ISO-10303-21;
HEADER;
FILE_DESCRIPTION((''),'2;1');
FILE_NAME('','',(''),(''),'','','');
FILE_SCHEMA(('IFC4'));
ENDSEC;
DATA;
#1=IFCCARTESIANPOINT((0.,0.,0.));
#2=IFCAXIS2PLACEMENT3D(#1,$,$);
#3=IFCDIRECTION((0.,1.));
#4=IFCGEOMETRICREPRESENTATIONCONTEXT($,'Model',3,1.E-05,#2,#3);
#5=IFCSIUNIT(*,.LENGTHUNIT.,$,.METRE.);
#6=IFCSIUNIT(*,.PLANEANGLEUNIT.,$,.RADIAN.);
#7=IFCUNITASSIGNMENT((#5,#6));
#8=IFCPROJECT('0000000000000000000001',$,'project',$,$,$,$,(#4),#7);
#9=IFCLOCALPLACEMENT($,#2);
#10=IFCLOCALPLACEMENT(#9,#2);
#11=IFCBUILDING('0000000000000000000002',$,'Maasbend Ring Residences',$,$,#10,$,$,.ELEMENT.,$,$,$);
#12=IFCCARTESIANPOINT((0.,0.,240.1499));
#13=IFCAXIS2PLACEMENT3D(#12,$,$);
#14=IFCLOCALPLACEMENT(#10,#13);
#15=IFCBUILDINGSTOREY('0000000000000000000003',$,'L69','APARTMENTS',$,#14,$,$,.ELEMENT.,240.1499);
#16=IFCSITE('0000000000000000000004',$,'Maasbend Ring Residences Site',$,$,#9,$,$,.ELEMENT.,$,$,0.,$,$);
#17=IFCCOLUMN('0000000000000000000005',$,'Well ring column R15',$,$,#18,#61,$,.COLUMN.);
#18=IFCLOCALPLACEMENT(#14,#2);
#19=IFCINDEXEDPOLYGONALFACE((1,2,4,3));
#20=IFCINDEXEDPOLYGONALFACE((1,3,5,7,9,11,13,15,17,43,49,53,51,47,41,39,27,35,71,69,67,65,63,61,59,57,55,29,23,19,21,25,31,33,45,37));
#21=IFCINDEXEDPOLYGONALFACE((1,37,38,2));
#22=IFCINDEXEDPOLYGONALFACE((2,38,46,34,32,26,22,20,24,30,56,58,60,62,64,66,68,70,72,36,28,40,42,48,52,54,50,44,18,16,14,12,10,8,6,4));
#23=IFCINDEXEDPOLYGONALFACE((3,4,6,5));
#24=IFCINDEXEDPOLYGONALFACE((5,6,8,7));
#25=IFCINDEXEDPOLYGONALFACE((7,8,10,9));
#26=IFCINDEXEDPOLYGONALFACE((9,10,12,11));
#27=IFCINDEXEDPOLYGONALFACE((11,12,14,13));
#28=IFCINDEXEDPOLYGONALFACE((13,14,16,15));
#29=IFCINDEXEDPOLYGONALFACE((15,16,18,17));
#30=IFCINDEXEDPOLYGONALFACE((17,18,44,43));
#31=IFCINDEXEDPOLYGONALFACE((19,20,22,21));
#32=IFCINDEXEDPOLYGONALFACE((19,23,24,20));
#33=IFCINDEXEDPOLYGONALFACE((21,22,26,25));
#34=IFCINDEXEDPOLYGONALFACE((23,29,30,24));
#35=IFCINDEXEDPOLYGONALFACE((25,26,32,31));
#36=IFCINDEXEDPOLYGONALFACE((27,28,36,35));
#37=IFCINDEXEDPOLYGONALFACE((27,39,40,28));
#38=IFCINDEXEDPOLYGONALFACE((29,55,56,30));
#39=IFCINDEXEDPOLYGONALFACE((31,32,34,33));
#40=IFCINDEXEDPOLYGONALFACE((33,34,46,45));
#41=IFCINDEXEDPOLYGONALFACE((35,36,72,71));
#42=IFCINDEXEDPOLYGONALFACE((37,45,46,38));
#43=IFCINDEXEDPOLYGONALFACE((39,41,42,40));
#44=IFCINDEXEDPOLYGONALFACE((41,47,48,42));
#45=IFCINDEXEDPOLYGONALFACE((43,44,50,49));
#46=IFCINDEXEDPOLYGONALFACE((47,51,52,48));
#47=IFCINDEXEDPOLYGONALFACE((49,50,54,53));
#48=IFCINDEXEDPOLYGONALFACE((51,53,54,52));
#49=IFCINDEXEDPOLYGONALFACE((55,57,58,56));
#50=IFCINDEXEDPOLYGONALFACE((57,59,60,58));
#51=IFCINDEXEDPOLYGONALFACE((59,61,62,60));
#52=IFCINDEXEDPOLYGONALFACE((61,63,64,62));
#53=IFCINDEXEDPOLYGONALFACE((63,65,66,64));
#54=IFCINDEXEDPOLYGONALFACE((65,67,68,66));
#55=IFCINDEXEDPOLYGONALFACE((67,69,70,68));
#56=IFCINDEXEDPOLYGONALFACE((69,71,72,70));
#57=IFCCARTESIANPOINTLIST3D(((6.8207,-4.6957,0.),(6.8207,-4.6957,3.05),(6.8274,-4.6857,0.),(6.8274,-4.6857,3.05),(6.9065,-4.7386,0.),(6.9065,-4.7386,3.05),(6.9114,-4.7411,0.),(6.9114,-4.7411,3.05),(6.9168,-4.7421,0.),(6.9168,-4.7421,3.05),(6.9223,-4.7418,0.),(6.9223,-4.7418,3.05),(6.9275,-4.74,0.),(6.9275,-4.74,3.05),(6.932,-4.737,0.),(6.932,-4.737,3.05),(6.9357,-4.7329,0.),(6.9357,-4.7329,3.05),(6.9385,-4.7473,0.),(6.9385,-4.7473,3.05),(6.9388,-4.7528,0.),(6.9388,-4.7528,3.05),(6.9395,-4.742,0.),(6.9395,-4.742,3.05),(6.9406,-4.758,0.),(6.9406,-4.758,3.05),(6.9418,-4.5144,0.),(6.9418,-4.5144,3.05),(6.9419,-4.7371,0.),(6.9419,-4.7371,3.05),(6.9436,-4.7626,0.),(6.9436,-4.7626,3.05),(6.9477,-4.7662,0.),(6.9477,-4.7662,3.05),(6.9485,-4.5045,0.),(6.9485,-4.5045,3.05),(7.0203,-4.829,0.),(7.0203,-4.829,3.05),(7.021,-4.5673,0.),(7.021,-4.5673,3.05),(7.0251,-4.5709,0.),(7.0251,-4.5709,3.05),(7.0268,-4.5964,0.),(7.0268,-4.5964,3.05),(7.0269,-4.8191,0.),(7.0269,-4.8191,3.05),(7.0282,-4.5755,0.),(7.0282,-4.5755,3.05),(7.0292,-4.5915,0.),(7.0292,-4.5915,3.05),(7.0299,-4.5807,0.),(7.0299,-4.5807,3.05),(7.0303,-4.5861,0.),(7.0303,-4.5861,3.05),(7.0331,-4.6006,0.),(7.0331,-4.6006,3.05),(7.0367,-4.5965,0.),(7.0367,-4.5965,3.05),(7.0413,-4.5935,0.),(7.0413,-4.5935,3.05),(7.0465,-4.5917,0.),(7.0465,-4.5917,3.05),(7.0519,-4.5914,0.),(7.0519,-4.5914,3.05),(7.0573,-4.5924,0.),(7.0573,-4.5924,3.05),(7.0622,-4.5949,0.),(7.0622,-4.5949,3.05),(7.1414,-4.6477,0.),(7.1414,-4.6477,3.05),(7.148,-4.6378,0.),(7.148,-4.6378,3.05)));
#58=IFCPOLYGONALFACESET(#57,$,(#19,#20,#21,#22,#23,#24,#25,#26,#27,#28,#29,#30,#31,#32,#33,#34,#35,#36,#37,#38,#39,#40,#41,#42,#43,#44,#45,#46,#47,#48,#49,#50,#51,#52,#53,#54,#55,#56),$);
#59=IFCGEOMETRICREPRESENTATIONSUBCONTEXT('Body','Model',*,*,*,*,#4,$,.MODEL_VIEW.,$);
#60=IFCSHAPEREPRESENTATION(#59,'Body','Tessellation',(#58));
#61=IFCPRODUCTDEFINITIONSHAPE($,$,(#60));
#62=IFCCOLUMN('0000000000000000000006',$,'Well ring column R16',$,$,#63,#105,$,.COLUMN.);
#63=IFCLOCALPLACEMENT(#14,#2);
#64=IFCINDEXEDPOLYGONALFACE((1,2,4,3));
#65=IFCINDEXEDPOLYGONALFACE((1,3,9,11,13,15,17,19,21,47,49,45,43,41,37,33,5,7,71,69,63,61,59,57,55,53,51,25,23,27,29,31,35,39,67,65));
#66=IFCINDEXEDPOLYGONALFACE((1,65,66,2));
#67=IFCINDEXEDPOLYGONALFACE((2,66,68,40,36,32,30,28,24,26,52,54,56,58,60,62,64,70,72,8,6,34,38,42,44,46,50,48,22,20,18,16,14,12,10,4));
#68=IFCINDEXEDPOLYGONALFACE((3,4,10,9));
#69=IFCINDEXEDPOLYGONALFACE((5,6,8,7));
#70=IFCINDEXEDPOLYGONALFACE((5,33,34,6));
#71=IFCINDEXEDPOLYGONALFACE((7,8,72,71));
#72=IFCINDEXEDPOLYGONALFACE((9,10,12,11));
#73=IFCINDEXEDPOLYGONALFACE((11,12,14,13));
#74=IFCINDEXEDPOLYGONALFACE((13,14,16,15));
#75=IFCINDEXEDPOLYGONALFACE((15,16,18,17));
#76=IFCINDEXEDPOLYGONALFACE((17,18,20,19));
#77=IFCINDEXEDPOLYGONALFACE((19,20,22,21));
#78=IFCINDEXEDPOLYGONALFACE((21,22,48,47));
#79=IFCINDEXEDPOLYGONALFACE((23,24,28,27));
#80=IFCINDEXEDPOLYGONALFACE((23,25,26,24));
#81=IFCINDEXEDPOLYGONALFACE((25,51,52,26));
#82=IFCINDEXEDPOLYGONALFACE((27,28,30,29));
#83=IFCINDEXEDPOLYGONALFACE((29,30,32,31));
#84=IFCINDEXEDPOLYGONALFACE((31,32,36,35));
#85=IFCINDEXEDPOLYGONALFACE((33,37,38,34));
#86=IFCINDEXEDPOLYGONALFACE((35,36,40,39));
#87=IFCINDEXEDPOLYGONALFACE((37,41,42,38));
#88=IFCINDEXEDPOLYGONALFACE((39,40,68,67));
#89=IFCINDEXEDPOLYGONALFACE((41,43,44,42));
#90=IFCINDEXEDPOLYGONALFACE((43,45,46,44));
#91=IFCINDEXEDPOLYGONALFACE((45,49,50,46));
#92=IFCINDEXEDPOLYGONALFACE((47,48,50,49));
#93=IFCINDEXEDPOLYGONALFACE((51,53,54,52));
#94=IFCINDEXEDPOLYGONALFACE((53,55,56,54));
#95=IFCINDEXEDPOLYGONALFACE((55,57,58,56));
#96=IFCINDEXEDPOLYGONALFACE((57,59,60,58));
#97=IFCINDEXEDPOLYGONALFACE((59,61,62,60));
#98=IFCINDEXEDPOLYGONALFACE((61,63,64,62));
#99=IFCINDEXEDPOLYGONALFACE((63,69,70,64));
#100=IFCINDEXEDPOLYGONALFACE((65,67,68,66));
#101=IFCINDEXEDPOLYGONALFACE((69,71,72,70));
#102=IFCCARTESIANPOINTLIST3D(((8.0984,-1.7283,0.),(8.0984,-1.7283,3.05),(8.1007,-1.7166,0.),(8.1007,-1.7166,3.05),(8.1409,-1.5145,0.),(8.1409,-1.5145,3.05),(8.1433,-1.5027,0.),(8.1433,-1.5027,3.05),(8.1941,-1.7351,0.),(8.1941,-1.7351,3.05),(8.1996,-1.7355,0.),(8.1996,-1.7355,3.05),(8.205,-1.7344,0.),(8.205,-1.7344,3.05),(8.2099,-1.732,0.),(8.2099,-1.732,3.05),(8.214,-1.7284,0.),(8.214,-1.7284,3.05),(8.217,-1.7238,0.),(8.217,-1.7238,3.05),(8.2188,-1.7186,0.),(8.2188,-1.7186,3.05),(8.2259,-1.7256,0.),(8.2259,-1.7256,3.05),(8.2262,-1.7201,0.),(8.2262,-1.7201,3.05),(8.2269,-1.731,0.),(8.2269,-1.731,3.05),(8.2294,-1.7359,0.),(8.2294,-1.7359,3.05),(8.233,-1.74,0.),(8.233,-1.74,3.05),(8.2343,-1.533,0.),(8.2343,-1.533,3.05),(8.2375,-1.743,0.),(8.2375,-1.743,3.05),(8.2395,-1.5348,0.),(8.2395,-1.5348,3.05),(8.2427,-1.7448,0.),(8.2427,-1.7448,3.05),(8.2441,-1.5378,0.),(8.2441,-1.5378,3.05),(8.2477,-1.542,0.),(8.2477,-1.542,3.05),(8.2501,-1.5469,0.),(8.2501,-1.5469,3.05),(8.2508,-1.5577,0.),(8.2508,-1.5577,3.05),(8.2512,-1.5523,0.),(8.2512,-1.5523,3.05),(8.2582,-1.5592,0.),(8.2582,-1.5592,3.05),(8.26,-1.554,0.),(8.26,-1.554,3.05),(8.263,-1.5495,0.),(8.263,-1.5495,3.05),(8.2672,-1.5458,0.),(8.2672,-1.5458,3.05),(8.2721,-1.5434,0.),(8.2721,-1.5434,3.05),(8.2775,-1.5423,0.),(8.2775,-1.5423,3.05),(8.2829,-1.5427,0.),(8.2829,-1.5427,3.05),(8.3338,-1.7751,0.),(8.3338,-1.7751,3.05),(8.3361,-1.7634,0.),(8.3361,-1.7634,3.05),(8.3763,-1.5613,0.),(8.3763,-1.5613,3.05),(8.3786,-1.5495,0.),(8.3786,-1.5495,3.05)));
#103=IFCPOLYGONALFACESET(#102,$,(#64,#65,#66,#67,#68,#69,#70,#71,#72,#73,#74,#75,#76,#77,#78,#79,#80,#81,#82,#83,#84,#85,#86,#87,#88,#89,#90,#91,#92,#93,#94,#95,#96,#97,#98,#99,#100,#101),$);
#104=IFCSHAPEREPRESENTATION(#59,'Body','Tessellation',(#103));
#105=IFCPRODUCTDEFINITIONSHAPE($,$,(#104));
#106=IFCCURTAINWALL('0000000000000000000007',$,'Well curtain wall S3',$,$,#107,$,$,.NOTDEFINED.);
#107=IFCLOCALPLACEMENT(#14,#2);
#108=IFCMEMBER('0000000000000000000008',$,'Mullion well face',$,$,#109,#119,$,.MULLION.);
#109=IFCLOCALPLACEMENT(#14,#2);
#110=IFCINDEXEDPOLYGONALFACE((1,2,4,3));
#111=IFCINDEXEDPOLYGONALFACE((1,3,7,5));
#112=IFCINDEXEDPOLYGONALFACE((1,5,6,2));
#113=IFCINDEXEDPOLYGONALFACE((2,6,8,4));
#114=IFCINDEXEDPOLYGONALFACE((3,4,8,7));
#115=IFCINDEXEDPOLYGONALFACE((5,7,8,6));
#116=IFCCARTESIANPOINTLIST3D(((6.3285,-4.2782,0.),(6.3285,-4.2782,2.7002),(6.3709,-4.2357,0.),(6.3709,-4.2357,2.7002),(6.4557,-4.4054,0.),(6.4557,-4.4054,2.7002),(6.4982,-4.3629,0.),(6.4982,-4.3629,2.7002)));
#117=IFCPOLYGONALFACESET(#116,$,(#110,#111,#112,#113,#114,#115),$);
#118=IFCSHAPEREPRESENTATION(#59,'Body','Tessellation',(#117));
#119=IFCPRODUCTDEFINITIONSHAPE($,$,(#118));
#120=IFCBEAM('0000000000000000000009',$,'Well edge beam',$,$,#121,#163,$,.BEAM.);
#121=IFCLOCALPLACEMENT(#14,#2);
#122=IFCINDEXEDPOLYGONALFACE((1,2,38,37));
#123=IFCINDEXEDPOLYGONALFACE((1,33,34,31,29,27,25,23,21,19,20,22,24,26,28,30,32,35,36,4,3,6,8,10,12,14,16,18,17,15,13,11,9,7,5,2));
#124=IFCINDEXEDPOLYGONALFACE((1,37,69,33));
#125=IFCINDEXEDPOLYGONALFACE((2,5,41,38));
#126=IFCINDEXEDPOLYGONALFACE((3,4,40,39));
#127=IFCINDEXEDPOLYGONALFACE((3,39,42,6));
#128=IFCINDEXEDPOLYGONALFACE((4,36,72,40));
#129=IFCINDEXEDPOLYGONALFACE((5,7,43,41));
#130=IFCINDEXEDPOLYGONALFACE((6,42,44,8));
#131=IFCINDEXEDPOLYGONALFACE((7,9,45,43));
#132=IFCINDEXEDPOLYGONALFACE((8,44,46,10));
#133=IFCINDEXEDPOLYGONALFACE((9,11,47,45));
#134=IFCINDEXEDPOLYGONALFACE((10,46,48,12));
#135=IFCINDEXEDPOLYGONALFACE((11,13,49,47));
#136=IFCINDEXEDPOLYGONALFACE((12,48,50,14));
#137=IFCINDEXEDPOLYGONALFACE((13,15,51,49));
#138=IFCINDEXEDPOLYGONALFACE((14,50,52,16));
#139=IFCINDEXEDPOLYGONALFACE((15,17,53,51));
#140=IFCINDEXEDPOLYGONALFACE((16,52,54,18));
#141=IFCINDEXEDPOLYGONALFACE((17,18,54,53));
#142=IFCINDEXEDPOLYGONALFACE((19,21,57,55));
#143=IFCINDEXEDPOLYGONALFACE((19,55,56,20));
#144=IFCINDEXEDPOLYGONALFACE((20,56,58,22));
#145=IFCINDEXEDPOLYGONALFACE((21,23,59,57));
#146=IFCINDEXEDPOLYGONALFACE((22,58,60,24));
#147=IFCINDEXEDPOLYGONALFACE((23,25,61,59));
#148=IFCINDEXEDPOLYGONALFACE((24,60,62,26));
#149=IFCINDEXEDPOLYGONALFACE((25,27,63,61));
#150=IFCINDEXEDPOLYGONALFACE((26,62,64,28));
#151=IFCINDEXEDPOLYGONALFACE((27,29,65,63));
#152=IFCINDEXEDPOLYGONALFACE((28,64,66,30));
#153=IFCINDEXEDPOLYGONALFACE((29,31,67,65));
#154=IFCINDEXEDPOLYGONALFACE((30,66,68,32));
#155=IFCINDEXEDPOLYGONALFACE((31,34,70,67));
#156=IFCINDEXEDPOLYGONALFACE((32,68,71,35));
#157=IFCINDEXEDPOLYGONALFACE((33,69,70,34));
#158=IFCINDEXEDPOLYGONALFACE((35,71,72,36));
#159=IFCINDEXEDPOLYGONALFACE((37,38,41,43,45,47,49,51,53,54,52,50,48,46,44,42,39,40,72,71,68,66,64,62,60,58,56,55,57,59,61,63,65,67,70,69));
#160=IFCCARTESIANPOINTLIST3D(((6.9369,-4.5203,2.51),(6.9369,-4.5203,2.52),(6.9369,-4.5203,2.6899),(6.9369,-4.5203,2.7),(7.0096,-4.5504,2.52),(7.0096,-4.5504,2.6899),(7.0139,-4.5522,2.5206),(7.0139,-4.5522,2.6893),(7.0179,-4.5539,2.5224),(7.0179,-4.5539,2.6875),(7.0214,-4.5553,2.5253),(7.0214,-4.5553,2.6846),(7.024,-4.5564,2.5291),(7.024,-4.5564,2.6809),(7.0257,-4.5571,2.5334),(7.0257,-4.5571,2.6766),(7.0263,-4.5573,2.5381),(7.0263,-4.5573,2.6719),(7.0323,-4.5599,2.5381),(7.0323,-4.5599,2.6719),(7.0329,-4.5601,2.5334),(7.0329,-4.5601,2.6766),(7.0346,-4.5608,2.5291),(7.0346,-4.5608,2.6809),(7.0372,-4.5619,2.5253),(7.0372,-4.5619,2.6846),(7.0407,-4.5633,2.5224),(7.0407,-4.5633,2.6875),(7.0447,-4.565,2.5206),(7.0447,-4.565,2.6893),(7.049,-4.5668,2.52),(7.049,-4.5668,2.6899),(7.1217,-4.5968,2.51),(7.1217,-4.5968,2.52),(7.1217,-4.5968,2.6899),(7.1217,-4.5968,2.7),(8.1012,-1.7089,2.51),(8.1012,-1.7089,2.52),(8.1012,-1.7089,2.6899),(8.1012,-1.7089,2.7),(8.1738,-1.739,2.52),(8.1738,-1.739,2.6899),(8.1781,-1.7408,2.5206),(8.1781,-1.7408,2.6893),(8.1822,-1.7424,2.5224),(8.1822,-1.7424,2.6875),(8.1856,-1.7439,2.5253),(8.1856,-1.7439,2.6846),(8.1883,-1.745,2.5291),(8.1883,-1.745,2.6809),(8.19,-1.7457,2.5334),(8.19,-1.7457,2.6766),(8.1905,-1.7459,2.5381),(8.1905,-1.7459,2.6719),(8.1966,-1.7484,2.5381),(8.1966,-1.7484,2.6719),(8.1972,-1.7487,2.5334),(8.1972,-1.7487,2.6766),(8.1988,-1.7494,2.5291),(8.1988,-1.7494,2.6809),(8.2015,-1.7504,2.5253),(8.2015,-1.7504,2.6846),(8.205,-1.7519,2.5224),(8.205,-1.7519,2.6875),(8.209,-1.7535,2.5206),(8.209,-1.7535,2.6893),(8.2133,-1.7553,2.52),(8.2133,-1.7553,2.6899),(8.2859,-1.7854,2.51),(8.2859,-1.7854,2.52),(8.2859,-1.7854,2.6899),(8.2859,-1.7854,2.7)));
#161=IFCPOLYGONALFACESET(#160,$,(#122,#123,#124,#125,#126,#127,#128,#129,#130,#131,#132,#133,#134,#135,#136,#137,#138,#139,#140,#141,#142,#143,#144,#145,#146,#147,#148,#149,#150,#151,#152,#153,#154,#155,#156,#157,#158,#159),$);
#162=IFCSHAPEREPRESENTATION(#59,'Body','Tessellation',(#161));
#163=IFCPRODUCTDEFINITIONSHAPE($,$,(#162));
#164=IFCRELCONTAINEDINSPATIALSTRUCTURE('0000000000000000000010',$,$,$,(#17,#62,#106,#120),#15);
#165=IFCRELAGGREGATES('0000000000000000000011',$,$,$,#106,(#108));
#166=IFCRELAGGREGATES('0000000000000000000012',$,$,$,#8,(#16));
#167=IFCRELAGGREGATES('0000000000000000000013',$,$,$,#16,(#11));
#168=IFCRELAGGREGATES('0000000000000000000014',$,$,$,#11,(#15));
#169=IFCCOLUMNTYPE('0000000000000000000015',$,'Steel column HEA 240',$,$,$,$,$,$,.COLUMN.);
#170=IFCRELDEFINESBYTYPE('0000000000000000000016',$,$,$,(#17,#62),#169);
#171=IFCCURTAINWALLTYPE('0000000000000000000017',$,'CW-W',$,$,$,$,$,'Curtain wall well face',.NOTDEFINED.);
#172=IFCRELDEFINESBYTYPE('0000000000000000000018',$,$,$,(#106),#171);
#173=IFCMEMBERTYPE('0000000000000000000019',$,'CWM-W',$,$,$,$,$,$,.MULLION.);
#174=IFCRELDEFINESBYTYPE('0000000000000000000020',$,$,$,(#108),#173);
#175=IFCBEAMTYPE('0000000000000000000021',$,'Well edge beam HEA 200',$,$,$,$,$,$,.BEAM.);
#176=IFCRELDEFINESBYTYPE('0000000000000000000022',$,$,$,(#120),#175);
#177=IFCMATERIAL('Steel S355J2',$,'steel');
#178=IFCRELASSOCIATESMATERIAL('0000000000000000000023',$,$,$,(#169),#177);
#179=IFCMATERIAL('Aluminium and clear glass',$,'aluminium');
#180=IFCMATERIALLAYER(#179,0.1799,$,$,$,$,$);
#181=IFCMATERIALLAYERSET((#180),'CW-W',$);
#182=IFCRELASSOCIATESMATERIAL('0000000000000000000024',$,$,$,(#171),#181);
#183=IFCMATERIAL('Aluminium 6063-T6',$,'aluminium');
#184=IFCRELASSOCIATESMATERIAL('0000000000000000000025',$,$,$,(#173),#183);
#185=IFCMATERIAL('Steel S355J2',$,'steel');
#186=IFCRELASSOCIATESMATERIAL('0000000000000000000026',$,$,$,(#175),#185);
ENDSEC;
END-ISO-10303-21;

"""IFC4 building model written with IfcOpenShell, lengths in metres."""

from ifc_helpers import new_model, si_unit, direction, frame, origin, origin_2d, place, context, subcontext, project, spatial, rectangle, i_section, extrude, material, layer, layer_set, material_profile, profile_set, type_object, element, aggregate, save


model = new_model("IFC4")

# Units and contexts
model_context = context("Model", 3, precision=1e-05, world=origin(), true_north=direction((0.0, 1.0)))
body_context = subcontext(model_context, "Body", "Model", "MODEL_VIEW")
ifc_project = project(units=[si_unit("LENGTHUNIT", "METRE"), si_unit("PLANEANGLEUNIT", "RADIAN")], contexts=[model_context])

# Site, building, storey
site_placement = place(None, origin())
site = spatial("IfcSite", under=ifc_project, at=site_placement, Name="Maasbend Ring Residences Site", CompositionType="ELEMENT", RefElevation=0.0)
building_placement = place(site_placement, origin())
building = spatial("IfcBuilding", under=site, at=building_placement, Name="Maasbend Ring Residences", CompositionType="ELEMENT")
storey_placement = place(building_placement, frame((0.0, 0.0, 240.1499)))
storey = spatial("IfcBuildingStorey", under=building, at=storey_placement, Name="L69", Description="APARTMENTS", CompositionType="ELEMENT", Elevation=240.1499)

# Columns
ifc_material_1 = material(Name="Steel S355J2", Category="steel")
ifc_material_profile_1 = material_profile(ifc_material_1, i_section(OverallWidth=0.24, OverallDepth=0.23, WebThickness=0.0076, FlangeThickness=0.012, FilletRadius=0.021, at=origin_2d()), Name="HEA 240")
ifc_profile_set_1 = profile_set([ifc_material_profile_1], Name="Steel S355J2")
column_type = type_object("IfcColumnType", Name="Steel column HEA 240", PredefinedType="COLUMN", material=ifc_profile_set_1)
for number, where, z_axis, x_axis, name in (
    (1, (6.9844, -4.6667, 0.0), (0.0, 0.0, 1.0), (0.83147, -0.55557, 0.0), "Well ring column R15"),
    (2, (8.2385, -1.6389, 0.0), (0.0, 0.0, 1.0), (0.980785, -0.19509, 0.0), "Well ring column R16"),
):
    element("IfcColumn", number, at=place(storey_placement, frame(where, z_axis=z_axis, x_axis=x_axis)), inside=storey, type_object=column_type, Name=name, PredefinedType="COLUMN", context=body_context, shape_type="SweptSolid", body=[
        extrude(i_section(OverallWidth=0.24, OverallDepth=0.23, WebThickness=0.0076, FlangeThickness=0.012, FilletRadius=0.021, at=origin_2d()), origin(), (0.0, 0.0, 1.0), 3.05),
    ])

# Curtain wall, member
ifc_material_2 = material(Name="Aluminium and clear glass", Category="aluminium")
ifc_layer_1 = layer(ifc_material_2, 0.1799)
ifc_layer_set_1 = layer_set([ifc_layer_1], Name="CW-W")
curtain_wall_type = type_object("IfcCurtainWallType", Name="CW-W", ElementType="Curtain wall well face", PredefinedType="NOTDEFINED", material=ifc_layer_set_1)
curtain_wall_placement = place(storey_placement, origin())
curtain_wall = element("IfcCurtainWall", 3, at=curtain_wall_placement, inside=storey, type_object=curtain_wall_type, Name="Well curtain wall S3", PredefinedType="NOTDEFINED")
ifc_material_3 = material(Name="Aluminium 6063-T6", Category="aluminium")
ifc_material_profile_2 = material_profile(ifc_material_3, rectangle(XDim=0.1799, YDim=0.0601, at=origin_2d()), Name="AL 180x60")
ifc_profile_set_2 = profile_set([ifc_material_profile_2], Name="Aluminium 6063-T6")
member_type = type_object("IfcMemberType", Name="CWM-W", PredefinedType="MULLION", material=ifc_profile_set_2)
member_placement = place(storey_placement, frame((6.4133, -4.3206, 0.0), z_axis=(0.0, 0.0, 1.0), x_axis=(-0.707107, 0.707107, 0.0)))
member = element("IfcMember", 4, at=member_placement, type_object=member_type, Name="Mullion well face", PredefinedType="MULLION", context=body_context, shape_type="SweptSolid", body=[
    extrude(rectangle(XDim=0.1799, YDim=0.0601, at=origin_2d()), origin(), (0.0, 0.0, 1.0), 2.7002),
])
aggregate(curtain_wall, [member])

# Beam
ifc_material_4 = material(Name="Steel S355J2", Category="steel")
ifc_material_profile_3 = material_profile(ifc_material_4, i_section(OverallWidth=0.2, OverallDepth=0.1899, WebThickness=0.0066, FlangeThickness=0.01, FilletRadius=0.0181, at=origin_2d()), Name="HEA 200")
ifc_profile_set_3 = profile_set([ifc_material_profile_3], Name="Steel S355J2")
beam_type = type_object("IfcBeamType", Name="Well edge beam HEA 200", PredefinedType="BEAM", material=ifc_profile_set_3)
for number, where, z_axis, x_axis, name in (
    (5, (7.0293, -4.5586, 2.605), (0.382609, 0.92391, 0.0), (-0.92391, 0.382609, 0.0), "Well edge beam"),
):
    element("IfcBeam", number, at=place(storey_placement, frame(where, z_axis=z_axis, x_axis=x_axis)), inside=storey, type_object=beam_type, Name=name, PredefinedType="BEAM", context=body_context, shape_type="SweptSolid", body=[
        extrude(i_section(OverallWidth=0.2, OverallDepth=0.1899, WebThickness=0.0066, FlangeThickness=0.01, FilletRadius=0.0181, at=origin_2d()), origin(), (0.0, 0.0, 1.0), 3.043),
    ])

save(model, "model.ifc")
